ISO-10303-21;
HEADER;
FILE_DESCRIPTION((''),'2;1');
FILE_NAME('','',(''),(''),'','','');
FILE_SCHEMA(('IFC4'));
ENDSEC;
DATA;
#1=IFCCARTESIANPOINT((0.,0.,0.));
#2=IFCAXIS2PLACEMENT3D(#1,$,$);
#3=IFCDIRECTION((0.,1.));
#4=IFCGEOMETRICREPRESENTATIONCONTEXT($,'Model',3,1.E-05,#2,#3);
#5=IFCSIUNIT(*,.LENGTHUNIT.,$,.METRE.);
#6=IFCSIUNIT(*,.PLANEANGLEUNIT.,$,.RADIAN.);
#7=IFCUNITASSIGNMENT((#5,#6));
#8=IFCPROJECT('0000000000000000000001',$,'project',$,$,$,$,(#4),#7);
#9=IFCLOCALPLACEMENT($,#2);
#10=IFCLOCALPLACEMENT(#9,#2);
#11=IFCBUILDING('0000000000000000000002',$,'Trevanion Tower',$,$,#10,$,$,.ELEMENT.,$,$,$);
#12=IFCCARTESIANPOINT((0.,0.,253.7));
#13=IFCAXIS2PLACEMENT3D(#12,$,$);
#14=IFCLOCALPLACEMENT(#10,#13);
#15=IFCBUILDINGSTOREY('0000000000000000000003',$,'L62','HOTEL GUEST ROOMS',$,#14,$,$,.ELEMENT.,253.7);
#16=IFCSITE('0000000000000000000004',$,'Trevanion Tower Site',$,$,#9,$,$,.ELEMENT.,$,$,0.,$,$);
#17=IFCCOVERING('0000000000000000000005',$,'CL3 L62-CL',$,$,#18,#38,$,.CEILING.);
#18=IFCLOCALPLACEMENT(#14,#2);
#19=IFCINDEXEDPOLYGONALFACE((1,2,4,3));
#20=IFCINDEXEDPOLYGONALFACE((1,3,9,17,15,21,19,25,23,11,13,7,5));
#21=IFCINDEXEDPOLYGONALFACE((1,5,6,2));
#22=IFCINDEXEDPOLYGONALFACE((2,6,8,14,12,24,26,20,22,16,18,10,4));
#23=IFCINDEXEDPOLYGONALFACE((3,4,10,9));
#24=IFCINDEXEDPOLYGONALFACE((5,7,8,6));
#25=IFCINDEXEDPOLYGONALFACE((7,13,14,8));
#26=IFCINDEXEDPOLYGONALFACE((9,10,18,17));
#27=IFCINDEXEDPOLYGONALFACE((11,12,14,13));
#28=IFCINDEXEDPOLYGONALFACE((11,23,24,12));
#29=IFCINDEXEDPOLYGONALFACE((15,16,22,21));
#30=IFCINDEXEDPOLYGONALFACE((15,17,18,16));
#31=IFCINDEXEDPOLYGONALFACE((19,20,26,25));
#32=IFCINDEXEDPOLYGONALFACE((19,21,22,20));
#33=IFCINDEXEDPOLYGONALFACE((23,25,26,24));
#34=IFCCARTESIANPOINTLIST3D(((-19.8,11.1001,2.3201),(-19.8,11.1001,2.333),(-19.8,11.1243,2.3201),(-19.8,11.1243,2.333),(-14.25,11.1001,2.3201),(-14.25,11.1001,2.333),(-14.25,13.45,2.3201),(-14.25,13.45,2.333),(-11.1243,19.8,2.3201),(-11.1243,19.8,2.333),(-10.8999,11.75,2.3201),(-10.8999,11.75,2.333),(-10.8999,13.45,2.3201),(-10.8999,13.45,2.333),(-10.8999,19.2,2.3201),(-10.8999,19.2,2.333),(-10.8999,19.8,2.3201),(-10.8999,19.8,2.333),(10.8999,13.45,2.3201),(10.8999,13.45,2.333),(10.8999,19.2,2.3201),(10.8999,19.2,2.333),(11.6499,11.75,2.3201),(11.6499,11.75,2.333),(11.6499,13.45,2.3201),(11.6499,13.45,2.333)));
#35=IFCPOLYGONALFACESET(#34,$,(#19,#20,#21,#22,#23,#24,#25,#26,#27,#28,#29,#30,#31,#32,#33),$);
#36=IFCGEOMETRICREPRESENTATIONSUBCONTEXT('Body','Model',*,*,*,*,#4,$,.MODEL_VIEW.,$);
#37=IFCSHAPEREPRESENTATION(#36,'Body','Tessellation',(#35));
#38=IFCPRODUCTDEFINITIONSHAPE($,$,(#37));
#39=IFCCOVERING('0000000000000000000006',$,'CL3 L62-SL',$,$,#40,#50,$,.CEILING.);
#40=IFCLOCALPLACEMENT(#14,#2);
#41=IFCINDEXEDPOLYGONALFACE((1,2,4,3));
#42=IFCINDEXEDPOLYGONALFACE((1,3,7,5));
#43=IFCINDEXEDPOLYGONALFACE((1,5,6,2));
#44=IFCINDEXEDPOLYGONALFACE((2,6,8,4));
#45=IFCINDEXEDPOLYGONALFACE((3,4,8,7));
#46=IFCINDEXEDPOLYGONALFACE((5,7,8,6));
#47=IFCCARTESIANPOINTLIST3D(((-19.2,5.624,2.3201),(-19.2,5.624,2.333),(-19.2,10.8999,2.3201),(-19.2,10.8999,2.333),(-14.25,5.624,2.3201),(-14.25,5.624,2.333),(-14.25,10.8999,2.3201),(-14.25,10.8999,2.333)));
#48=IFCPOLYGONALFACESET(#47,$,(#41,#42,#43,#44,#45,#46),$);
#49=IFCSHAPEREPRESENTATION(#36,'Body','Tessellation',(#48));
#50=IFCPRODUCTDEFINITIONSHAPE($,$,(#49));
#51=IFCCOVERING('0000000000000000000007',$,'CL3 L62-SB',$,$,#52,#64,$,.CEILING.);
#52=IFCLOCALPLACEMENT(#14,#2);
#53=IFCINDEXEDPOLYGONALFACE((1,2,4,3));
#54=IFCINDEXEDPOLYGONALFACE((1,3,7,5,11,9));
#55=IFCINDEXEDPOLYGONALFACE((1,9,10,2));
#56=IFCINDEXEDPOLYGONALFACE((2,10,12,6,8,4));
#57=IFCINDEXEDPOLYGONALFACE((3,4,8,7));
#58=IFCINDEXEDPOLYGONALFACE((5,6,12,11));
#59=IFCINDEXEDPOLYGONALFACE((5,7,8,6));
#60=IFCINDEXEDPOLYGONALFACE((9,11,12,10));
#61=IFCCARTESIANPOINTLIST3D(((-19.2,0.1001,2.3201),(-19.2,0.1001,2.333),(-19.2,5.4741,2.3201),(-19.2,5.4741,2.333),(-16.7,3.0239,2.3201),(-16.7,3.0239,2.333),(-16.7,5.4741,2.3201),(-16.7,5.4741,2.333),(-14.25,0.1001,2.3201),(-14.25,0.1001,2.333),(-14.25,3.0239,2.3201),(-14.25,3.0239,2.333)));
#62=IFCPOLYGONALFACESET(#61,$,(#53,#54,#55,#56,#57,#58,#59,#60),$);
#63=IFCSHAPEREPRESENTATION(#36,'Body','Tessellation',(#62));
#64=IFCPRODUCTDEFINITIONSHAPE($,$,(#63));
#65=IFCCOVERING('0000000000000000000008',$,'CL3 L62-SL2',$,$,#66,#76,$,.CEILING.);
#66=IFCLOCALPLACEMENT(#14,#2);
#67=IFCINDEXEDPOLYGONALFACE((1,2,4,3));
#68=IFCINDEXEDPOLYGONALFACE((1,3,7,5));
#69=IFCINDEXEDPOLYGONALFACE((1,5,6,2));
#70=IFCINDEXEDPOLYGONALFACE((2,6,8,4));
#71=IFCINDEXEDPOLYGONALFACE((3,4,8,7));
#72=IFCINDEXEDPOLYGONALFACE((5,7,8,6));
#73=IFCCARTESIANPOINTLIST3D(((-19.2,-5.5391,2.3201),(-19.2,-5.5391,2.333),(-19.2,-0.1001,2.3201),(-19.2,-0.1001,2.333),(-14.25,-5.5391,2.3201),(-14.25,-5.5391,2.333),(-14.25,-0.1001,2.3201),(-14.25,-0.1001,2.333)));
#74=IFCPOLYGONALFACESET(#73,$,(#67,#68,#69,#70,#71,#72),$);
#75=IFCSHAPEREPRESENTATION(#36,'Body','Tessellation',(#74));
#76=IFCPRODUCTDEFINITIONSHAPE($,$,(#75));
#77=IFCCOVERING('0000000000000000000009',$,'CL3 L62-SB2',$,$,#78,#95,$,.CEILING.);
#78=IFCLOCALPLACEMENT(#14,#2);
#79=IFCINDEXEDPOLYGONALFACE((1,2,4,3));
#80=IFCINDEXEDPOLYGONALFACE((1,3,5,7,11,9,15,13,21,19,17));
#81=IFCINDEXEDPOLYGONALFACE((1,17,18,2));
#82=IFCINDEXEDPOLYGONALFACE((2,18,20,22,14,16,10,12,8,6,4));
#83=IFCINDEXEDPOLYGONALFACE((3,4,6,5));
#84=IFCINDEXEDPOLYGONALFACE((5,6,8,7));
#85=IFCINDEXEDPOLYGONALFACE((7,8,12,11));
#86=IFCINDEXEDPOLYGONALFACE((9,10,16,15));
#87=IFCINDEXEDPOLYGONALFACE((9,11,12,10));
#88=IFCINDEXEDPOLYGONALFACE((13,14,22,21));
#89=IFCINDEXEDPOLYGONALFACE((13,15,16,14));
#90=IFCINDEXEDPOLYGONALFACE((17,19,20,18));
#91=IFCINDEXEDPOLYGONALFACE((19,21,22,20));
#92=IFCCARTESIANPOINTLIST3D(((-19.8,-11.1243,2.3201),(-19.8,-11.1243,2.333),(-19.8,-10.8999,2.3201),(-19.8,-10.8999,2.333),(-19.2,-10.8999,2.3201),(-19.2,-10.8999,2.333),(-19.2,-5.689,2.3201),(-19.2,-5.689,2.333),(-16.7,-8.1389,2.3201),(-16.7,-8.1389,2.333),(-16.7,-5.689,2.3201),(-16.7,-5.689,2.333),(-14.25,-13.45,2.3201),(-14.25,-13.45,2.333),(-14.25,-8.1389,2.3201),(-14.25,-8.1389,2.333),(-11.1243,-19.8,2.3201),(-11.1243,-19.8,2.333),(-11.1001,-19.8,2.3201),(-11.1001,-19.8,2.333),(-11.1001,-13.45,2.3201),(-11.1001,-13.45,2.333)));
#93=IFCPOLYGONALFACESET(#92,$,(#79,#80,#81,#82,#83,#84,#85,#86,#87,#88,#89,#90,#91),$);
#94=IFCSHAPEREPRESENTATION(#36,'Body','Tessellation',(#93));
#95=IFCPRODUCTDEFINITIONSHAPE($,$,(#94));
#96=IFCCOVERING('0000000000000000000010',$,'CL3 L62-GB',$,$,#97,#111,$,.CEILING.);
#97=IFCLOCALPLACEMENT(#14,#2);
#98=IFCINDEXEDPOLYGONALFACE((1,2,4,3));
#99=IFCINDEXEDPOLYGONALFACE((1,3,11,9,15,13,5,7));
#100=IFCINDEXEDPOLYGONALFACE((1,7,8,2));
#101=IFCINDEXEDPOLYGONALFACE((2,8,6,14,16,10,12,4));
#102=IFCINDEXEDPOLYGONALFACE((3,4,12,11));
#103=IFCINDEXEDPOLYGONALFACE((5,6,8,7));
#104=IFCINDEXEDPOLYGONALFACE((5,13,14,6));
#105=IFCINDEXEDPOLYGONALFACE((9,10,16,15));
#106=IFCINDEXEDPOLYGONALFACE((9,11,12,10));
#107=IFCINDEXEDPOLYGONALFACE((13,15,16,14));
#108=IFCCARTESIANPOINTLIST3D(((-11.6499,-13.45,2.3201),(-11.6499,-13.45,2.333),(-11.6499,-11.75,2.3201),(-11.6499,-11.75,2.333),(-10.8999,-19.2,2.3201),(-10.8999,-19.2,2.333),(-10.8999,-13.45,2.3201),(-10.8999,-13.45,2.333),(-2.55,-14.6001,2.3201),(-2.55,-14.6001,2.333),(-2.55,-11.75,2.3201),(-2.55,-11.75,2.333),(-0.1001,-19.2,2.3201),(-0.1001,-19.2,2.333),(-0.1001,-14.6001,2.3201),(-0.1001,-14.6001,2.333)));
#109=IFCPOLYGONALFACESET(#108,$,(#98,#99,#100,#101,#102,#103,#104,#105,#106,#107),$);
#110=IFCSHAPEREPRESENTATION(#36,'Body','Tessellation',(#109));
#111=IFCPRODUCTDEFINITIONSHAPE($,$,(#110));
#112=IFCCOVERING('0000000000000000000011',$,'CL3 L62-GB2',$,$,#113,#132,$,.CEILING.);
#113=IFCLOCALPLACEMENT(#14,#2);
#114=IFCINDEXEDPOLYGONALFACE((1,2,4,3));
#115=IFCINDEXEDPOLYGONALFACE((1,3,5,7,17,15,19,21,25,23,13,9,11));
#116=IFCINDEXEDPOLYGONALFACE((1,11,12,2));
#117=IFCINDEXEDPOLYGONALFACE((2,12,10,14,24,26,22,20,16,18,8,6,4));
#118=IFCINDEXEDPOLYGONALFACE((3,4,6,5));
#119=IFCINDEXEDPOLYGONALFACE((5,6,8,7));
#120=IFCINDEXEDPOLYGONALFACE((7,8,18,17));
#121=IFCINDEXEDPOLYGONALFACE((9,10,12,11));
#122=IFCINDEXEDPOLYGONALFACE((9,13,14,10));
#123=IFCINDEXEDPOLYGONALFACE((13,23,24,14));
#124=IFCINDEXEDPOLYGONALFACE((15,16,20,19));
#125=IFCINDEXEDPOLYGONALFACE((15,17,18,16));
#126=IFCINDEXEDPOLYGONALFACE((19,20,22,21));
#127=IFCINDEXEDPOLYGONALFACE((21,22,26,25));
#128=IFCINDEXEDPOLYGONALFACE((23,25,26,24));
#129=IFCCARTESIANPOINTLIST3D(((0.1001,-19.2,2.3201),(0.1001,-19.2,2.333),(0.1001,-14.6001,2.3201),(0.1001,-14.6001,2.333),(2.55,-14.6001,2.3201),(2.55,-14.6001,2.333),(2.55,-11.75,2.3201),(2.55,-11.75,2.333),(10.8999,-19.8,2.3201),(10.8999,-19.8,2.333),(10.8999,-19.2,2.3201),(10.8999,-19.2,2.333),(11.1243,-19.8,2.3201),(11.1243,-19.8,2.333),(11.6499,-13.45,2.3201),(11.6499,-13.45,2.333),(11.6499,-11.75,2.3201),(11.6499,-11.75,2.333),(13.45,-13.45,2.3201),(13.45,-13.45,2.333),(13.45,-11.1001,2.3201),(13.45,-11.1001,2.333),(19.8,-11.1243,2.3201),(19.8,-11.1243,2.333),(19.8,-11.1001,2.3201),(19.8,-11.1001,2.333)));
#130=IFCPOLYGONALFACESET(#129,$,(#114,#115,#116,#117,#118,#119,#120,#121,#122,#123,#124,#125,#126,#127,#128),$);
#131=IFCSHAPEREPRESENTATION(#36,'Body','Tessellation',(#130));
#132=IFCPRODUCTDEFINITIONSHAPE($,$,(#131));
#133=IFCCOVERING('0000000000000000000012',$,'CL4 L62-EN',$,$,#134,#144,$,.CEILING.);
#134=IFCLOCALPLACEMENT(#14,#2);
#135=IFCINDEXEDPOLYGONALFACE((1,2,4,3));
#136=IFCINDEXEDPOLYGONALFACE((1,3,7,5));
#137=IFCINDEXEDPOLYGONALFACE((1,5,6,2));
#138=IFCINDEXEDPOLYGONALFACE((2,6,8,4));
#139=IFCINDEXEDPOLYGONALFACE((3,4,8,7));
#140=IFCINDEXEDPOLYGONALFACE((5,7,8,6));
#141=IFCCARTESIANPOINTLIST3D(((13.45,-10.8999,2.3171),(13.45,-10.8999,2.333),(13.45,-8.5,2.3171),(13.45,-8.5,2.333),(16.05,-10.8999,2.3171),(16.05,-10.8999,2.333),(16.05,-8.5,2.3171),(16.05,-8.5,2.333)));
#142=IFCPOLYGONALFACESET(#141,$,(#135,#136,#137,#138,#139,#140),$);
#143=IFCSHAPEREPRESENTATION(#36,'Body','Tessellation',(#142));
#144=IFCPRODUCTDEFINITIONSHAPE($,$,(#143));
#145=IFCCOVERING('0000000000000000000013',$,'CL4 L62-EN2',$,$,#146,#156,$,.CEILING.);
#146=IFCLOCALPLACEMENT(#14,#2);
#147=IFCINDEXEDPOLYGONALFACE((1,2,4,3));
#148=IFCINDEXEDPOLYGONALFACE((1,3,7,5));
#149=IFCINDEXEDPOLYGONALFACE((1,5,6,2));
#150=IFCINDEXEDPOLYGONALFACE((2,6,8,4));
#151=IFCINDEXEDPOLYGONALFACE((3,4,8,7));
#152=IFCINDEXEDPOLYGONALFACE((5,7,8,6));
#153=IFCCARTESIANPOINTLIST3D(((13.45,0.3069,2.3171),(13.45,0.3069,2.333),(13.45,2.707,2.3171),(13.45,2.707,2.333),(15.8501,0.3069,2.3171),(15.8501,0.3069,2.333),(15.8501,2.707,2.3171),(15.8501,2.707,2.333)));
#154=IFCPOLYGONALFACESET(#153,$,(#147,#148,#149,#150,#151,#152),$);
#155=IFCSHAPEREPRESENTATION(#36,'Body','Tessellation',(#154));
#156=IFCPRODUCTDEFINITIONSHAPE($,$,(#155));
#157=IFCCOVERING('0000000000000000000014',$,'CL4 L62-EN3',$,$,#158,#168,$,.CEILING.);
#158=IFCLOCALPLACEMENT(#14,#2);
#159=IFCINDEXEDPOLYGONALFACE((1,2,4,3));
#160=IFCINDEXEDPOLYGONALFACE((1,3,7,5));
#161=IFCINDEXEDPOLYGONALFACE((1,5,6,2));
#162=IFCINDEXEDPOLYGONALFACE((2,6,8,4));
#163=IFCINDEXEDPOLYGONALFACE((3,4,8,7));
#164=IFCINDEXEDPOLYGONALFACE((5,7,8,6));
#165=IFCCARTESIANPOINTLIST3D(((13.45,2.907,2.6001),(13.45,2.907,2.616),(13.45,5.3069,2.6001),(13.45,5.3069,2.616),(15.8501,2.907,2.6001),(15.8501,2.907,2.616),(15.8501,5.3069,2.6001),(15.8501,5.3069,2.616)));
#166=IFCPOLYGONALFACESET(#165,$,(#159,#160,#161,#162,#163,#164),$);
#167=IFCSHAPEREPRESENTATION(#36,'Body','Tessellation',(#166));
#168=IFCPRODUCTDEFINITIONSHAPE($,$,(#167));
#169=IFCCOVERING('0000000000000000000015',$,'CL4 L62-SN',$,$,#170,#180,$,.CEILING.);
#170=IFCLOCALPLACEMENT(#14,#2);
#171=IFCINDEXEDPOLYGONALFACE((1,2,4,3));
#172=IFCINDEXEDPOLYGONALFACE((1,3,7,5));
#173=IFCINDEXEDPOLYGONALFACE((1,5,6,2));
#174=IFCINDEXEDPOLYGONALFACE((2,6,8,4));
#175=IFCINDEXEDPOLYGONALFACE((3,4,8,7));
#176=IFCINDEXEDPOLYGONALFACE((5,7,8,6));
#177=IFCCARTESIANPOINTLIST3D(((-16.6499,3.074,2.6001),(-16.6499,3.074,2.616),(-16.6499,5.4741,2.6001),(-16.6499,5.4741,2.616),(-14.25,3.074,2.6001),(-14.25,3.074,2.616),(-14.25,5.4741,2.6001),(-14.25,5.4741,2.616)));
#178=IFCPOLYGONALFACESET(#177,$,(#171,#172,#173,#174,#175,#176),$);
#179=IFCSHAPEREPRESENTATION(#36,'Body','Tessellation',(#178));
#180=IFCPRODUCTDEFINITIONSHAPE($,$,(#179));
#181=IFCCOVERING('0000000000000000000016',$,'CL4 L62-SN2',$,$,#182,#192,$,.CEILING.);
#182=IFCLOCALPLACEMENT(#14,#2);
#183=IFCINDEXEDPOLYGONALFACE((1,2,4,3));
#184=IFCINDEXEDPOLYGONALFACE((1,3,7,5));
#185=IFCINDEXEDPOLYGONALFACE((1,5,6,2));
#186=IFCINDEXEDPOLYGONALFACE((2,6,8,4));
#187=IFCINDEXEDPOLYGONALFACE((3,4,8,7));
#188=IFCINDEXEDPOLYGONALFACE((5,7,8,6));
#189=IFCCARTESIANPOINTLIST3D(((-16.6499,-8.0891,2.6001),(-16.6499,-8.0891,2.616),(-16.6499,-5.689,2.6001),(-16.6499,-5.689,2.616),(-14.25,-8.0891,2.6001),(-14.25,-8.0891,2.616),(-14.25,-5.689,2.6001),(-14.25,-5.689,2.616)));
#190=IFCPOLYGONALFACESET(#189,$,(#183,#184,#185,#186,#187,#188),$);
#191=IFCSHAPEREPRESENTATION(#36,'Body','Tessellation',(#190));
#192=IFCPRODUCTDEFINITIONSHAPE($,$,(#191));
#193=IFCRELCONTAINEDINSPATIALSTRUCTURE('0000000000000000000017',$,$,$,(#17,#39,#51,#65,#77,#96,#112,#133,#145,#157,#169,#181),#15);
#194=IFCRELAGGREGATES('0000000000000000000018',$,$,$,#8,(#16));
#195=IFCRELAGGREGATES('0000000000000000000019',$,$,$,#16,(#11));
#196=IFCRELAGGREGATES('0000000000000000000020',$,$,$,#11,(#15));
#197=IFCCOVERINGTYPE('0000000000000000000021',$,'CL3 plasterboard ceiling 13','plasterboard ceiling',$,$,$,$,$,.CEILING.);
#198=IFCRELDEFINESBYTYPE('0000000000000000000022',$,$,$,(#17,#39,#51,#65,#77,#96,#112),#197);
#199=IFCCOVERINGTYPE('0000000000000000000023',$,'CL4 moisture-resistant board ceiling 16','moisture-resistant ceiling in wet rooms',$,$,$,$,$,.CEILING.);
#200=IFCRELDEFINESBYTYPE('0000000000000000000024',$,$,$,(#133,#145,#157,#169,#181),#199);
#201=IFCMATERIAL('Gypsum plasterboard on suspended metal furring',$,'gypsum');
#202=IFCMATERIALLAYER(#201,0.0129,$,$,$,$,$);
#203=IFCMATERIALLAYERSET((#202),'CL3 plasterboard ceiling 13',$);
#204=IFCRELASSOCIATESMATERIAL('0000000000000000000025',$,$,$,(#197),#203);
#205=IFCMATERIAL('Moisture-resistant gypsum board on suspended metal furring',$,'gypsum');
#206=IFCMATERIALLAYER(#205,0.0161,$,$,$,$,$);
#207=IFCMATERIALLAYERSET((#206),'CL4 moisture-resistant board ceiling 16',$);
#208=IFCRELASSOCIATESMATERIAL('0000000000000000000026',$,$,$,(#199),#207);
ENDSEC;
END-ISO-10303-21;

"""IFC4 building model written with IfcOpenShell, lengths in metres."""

from ifc_helpers import new_model, si_unit, direction, frame, origin, place, context, subcontext, project, spatial, polyline, outline, extrude, material, layer, layer_set, type_object, element, save


model = new_model("IFC4")

# Units and contexts
model_context = context("Model", 3, precision=1e-05, world=origin(), true_north=direction((0.0, 1.0)))
body_context = subcontext(model_context, "Body", "Model", "MODEL_VIEW")
ifc_project = project(units=[si_unit("LENGTHUNIT", "METRE"), si_unit("PLANEANGLEUNIT", "RADIAN")], contexts=[model_context])

# Site, building, storey
site_placement = place(None, origin())
site = spatial("IfcSite", under=ifc_project, at=site_placement, Name="Trevanion Tower Site", CompositionType="ELEMENT", RefElevation=0.0)
building_placement = place(site_placement, origin())
building = spatial("IfcBuilding", under=site, at=building_placement, Name="Trevanion Tower", CompositionType="ELEMENT")
storey_placement = place(building_placement, frame((0.0, 0.0, 253.7)))
storey = spatial("IfcBuildingStorey", under=building, at=storey_placement, Name="L62", Description="HOTEL GUEST ROOMS", CompositionType="ELEMENT", Elevation=253.7)

# Coverings
ifc_material_1 = material(Name="Gypsum plasterboard on suspended metal furring", Category="gypsum")
ifc_layer_1 = layer(ifc_material_1, 0.0129)
ifc_layer_set_1 = layer_set([ifc_layer_1], Name="CL3 plasterboard ceiling 13")
covering_type_1 = type_object("IfcCoveringType", Name="CL3 plasterboard ceiling 13", Description="plasterboard ceiling", PredefinedType="CEILING", material=ifc_layer_set_1)
covering_1_placement = place(storey_placement, frame((0.0, 0.0, 2.3201)))
element("IfcCovering", 1, at=covering_1_placement, inside=storey, type_object=covering_type_1, Name="CL3 L62-CL", PredefinedType="CEILING", context=body_context, shape_type="SweptSolid", body=[
    extrude(outline(polyline([(-14.25, 11.1001), (-19.8, 11.1001), (-19.8, 11.1243), (-11.1243, 19.8), (-10.8999, 19.8), (-10.8999, 19.2), (10.8999, 19.2), (10.8999, 13.45), (11.6499, 13.45), (11.6499, 11.75), (-10.8999, 11.75), (-10.8999, 13.45), (-14.25, 13.45), (-14.25, 11.1001)])), origin(), (0.0, 0.0, 1.0), 0.0129),
])
covering_2_placement = place(storey_placement, frame((0.0, 0.0, 2.3201)))
element("IfcCovering", 2, at=covering_2_placement, inside=storey, type_object=covering_type_1, Name="CL3 L62-SL", PredefinedType="CEILING", context=body_context, shape_type="SweptSolid", body=[
    extrude(outline(polyline([(-14.25, 10.8999), (-14.25, 5.624), (-19.2, 5.624), (-19.2, 10.8999), (-14.25, 10.8999)])), origin(), (0.0, 0.0, 1.0), 0.0129),
])
covering_3_placement = place(storey_placement, frame((0.0, 0.0, 2.3201)))
element("IfcCovering", 3, at=covering_3_placement, inside=storey, type_object=covering_type_1, Name="CL3 L62-SB", PredefinedType="CEILING", context=body_context, shape_type="SweptSolid", body=[
    extrude(outline(polyline([(-14.25, 0.1001), (-19.2, 0.1001), (-19.2, 5.4741), (-16.7, 5.4741), (-16.7, 3.0239), (-14.25, 3.0239), (-14.25, 0.1001)])), origin(), (0.0, 0.0, 1.0), 0.0129),
])
covering_4_placement = place(storey_placement, frame((0.0, 0.0, 2.3201)))
element("IfcCovering", 4, at=covering_4_placement, inside=storey, type_object=covering_type_1, Name="CL3 L62-SL2", PredefinedType="CEILING", context=body_context, shape_type="SweptSolid", body=[
    extrude(outline(polyline([(-14.25, -0.1001), (-14.25, -5.5391), (-19.2, -5.5391), (-19.2, -0.1001), (-14.25, -0.1001)])), origin(), (0.0, 0.0, 1.0), 0.0129),
])
covering_5_placement = place(storey_placement, frame((0.0, 0.0, 2.3201)))
element("IfcCovering", 5, at=covering_5_placement, inside=storey, type_object=covering_type_1, Name="CL3 L62-SB2", PredefinedType="CEILING", context=body_context, shape_type="SweptSolid", body=[
    extrude(outline(polyline([(-11.1001, -13.45), (-11.1001, -19.8), (-11.1243, -19.8), (-19.8, -11.1243), (-19.8, -10.8999), (-19.2, -10.8999), (-19.2, -5.689), (-16.7, -5.689), (-16.7, -8.1389), (-14.25, -8.1389), (-14.25, -13.45), (-11.1001, -13.45)])), origin(), (0.0, 0.0, 1.0), 0.0129),
])
covering_6_placement = place(storey_placement, frame((0.0, 0.0, 2.3201)))
element("IfcCovering", 6, at=covering_6_placement, inside=storey, type_object=covering_type_1, Name="CL3 L62-GB", PredefinedType="CEILING", context=body_context, shape_type="SweptSolid", body=[
    extrude(outline(polyline([(-0.1001, -19.2), (-10.8999, -19.2), (-10.8999, -13.45), (-11.6499, -13.45), (-11.6499, -11.75), (-2.55, -11.75), (-2.55, -14.6001), (-0.1001, -14.6001), (-0.1001, -19.2)])), origin(), (0.0, 0.0, 1.0), 0.0129),
])
covering_7_placement = place(storey_placement, frame((0.0, 0.0, 2.3201)))
element("IfcCovering", 7, at=covering_7_placement, inside=storey, type_object=covering_type_1, Name="CL3 L62-GB2", PredefinedType="CEILING", context=body_context, shape_type="SweptSolid", body=[
    extrude(outline(polyline([(13.45, -11.1001), (19.8, -11.1001), (19.8, -11.1243), (11.1243, -19.8), (10.8999, -19.8), (10.8999, -19.2), (0.1001, -19.2), (0.1001, -14.6001), (2.55, -14.6001), (2.55, -11.75), (11.6499, -11.75), (11.6499, -13.45), (13.45, -13.45), (13.45, -11.1001)])), origin(), (0.0, 0.0, 1.0), 0.0129),
])
ifc_material_2 = material(Name="Moisture-resistant gypsum board on suspended metal furring", Category="gypsum")
ifc_layer_2 = layer(ifc_material_2, 0.0161)
ifc_layer_set_2 = layer_set([ifc_layer_2], Name="CL4 moisture-resistant board ceiling 16")
covering_type_2 = type_object("IfcCoveringType", Name="CL4 moisture-resistant board ceiling 16", Description="moisture-resistant ceiling in wet rooms", PredefinedType="CEILING", material=ifc_layer_set_2)
covering_8_placement = place(storey_placement, frame((0.0, 0.0, 2.3171)))
element("IfcCovering", 8, at=covering_8_placement, inside=storey, type_object=covering_type_2, Name="CL4 L62-EN", PredefinedType="CEILING", context=body_context, shape_type="SweptSolid", body=[
    extrude(outline(polyline([(16.05, -10.8999), (16.05, -8.5), (13.45, -8.5), (13.45, -10.8999), (16.05, -10.8999)])), origin(), (0.0, 0.0, 1.0), 0.0159),
])
covering_9_placement = place(storey_placement, frame((0.0, 0.0, 2.3171)))
element("IfcCovering", 9, at=covering_9_placement, inside=storey, type_object=covering_type_2, Name="CL4 L62-EN2", PredefinedType="CEILING", context=body_context, shape_type="SweptSolid", body=[
    extrude(outline(polyline([(15.8501, 0.3069), (15.8501, 2.707), (13.45, 2.707), (13.45, 0.3069), (15.8501, 0.3069)])), origin(), (0.0, 0.0, 1.0), 0.0159),
])
covering_10_placement = place(storey_placement, frame((0.0, 0.0, 2.6001)))
element("IfcCovering", 10, at=covering_10_placement, inside=storey, type_object=covering_type_2, Name="CL4 L62-EN3", PredefinedType="CEILING", context=body_context, shape_type="SweptSolid", body=[
    extrude(outline(polyline([(15.8501, 2.907), (15.8501, 5.3069), (13.45, 5.3069), (13.45, 2.907), (15.8501, 2.907)])), origin(), (0.0, 0.0, 1.0), 0.0159),
])
covering_11_placement = place(storey_placement, frame((0.0, 0.0, 2.6001)))
element("IfcCovering", 11, at=covering_11_placement, inside=storey, type_object=covering_type_2, Name="CL4 L62-SN", PredefinedType="CEILING", context=body_context, shape_type="SweptSolid", body=[
    extrude(outline(polyline([(-16.6499, 5.4741), (-16.6499, 3.074), (-14.25, 3.074), (-14.25, 5.4741), (-16.6499, 5.4741)])), origin(), (0.0, 0.0, 1.0), 0.0159),
])
covering_12_placement = place(storey_placement, frame((0.0, 0.0, 2.6001)))
element("IfcCovering", 12, at=covering_12_placement, inside=storey, type_object=covering_type_2, Name="CL4 L62-SN2", PredefinedType="CEILING", context=body_context, shape_type="SweptSolid", body=[
    extrude(outline(polyline([(-16.6499, -5.689), (-16.6499, -8.0891), (-14.25, -8.0891), (-14.25, -5.689), (-16.6499, -5.689)])), origin(), (0.0, 0.0, 1.0), 0.0159),
])

save(model, "model.ifc")
